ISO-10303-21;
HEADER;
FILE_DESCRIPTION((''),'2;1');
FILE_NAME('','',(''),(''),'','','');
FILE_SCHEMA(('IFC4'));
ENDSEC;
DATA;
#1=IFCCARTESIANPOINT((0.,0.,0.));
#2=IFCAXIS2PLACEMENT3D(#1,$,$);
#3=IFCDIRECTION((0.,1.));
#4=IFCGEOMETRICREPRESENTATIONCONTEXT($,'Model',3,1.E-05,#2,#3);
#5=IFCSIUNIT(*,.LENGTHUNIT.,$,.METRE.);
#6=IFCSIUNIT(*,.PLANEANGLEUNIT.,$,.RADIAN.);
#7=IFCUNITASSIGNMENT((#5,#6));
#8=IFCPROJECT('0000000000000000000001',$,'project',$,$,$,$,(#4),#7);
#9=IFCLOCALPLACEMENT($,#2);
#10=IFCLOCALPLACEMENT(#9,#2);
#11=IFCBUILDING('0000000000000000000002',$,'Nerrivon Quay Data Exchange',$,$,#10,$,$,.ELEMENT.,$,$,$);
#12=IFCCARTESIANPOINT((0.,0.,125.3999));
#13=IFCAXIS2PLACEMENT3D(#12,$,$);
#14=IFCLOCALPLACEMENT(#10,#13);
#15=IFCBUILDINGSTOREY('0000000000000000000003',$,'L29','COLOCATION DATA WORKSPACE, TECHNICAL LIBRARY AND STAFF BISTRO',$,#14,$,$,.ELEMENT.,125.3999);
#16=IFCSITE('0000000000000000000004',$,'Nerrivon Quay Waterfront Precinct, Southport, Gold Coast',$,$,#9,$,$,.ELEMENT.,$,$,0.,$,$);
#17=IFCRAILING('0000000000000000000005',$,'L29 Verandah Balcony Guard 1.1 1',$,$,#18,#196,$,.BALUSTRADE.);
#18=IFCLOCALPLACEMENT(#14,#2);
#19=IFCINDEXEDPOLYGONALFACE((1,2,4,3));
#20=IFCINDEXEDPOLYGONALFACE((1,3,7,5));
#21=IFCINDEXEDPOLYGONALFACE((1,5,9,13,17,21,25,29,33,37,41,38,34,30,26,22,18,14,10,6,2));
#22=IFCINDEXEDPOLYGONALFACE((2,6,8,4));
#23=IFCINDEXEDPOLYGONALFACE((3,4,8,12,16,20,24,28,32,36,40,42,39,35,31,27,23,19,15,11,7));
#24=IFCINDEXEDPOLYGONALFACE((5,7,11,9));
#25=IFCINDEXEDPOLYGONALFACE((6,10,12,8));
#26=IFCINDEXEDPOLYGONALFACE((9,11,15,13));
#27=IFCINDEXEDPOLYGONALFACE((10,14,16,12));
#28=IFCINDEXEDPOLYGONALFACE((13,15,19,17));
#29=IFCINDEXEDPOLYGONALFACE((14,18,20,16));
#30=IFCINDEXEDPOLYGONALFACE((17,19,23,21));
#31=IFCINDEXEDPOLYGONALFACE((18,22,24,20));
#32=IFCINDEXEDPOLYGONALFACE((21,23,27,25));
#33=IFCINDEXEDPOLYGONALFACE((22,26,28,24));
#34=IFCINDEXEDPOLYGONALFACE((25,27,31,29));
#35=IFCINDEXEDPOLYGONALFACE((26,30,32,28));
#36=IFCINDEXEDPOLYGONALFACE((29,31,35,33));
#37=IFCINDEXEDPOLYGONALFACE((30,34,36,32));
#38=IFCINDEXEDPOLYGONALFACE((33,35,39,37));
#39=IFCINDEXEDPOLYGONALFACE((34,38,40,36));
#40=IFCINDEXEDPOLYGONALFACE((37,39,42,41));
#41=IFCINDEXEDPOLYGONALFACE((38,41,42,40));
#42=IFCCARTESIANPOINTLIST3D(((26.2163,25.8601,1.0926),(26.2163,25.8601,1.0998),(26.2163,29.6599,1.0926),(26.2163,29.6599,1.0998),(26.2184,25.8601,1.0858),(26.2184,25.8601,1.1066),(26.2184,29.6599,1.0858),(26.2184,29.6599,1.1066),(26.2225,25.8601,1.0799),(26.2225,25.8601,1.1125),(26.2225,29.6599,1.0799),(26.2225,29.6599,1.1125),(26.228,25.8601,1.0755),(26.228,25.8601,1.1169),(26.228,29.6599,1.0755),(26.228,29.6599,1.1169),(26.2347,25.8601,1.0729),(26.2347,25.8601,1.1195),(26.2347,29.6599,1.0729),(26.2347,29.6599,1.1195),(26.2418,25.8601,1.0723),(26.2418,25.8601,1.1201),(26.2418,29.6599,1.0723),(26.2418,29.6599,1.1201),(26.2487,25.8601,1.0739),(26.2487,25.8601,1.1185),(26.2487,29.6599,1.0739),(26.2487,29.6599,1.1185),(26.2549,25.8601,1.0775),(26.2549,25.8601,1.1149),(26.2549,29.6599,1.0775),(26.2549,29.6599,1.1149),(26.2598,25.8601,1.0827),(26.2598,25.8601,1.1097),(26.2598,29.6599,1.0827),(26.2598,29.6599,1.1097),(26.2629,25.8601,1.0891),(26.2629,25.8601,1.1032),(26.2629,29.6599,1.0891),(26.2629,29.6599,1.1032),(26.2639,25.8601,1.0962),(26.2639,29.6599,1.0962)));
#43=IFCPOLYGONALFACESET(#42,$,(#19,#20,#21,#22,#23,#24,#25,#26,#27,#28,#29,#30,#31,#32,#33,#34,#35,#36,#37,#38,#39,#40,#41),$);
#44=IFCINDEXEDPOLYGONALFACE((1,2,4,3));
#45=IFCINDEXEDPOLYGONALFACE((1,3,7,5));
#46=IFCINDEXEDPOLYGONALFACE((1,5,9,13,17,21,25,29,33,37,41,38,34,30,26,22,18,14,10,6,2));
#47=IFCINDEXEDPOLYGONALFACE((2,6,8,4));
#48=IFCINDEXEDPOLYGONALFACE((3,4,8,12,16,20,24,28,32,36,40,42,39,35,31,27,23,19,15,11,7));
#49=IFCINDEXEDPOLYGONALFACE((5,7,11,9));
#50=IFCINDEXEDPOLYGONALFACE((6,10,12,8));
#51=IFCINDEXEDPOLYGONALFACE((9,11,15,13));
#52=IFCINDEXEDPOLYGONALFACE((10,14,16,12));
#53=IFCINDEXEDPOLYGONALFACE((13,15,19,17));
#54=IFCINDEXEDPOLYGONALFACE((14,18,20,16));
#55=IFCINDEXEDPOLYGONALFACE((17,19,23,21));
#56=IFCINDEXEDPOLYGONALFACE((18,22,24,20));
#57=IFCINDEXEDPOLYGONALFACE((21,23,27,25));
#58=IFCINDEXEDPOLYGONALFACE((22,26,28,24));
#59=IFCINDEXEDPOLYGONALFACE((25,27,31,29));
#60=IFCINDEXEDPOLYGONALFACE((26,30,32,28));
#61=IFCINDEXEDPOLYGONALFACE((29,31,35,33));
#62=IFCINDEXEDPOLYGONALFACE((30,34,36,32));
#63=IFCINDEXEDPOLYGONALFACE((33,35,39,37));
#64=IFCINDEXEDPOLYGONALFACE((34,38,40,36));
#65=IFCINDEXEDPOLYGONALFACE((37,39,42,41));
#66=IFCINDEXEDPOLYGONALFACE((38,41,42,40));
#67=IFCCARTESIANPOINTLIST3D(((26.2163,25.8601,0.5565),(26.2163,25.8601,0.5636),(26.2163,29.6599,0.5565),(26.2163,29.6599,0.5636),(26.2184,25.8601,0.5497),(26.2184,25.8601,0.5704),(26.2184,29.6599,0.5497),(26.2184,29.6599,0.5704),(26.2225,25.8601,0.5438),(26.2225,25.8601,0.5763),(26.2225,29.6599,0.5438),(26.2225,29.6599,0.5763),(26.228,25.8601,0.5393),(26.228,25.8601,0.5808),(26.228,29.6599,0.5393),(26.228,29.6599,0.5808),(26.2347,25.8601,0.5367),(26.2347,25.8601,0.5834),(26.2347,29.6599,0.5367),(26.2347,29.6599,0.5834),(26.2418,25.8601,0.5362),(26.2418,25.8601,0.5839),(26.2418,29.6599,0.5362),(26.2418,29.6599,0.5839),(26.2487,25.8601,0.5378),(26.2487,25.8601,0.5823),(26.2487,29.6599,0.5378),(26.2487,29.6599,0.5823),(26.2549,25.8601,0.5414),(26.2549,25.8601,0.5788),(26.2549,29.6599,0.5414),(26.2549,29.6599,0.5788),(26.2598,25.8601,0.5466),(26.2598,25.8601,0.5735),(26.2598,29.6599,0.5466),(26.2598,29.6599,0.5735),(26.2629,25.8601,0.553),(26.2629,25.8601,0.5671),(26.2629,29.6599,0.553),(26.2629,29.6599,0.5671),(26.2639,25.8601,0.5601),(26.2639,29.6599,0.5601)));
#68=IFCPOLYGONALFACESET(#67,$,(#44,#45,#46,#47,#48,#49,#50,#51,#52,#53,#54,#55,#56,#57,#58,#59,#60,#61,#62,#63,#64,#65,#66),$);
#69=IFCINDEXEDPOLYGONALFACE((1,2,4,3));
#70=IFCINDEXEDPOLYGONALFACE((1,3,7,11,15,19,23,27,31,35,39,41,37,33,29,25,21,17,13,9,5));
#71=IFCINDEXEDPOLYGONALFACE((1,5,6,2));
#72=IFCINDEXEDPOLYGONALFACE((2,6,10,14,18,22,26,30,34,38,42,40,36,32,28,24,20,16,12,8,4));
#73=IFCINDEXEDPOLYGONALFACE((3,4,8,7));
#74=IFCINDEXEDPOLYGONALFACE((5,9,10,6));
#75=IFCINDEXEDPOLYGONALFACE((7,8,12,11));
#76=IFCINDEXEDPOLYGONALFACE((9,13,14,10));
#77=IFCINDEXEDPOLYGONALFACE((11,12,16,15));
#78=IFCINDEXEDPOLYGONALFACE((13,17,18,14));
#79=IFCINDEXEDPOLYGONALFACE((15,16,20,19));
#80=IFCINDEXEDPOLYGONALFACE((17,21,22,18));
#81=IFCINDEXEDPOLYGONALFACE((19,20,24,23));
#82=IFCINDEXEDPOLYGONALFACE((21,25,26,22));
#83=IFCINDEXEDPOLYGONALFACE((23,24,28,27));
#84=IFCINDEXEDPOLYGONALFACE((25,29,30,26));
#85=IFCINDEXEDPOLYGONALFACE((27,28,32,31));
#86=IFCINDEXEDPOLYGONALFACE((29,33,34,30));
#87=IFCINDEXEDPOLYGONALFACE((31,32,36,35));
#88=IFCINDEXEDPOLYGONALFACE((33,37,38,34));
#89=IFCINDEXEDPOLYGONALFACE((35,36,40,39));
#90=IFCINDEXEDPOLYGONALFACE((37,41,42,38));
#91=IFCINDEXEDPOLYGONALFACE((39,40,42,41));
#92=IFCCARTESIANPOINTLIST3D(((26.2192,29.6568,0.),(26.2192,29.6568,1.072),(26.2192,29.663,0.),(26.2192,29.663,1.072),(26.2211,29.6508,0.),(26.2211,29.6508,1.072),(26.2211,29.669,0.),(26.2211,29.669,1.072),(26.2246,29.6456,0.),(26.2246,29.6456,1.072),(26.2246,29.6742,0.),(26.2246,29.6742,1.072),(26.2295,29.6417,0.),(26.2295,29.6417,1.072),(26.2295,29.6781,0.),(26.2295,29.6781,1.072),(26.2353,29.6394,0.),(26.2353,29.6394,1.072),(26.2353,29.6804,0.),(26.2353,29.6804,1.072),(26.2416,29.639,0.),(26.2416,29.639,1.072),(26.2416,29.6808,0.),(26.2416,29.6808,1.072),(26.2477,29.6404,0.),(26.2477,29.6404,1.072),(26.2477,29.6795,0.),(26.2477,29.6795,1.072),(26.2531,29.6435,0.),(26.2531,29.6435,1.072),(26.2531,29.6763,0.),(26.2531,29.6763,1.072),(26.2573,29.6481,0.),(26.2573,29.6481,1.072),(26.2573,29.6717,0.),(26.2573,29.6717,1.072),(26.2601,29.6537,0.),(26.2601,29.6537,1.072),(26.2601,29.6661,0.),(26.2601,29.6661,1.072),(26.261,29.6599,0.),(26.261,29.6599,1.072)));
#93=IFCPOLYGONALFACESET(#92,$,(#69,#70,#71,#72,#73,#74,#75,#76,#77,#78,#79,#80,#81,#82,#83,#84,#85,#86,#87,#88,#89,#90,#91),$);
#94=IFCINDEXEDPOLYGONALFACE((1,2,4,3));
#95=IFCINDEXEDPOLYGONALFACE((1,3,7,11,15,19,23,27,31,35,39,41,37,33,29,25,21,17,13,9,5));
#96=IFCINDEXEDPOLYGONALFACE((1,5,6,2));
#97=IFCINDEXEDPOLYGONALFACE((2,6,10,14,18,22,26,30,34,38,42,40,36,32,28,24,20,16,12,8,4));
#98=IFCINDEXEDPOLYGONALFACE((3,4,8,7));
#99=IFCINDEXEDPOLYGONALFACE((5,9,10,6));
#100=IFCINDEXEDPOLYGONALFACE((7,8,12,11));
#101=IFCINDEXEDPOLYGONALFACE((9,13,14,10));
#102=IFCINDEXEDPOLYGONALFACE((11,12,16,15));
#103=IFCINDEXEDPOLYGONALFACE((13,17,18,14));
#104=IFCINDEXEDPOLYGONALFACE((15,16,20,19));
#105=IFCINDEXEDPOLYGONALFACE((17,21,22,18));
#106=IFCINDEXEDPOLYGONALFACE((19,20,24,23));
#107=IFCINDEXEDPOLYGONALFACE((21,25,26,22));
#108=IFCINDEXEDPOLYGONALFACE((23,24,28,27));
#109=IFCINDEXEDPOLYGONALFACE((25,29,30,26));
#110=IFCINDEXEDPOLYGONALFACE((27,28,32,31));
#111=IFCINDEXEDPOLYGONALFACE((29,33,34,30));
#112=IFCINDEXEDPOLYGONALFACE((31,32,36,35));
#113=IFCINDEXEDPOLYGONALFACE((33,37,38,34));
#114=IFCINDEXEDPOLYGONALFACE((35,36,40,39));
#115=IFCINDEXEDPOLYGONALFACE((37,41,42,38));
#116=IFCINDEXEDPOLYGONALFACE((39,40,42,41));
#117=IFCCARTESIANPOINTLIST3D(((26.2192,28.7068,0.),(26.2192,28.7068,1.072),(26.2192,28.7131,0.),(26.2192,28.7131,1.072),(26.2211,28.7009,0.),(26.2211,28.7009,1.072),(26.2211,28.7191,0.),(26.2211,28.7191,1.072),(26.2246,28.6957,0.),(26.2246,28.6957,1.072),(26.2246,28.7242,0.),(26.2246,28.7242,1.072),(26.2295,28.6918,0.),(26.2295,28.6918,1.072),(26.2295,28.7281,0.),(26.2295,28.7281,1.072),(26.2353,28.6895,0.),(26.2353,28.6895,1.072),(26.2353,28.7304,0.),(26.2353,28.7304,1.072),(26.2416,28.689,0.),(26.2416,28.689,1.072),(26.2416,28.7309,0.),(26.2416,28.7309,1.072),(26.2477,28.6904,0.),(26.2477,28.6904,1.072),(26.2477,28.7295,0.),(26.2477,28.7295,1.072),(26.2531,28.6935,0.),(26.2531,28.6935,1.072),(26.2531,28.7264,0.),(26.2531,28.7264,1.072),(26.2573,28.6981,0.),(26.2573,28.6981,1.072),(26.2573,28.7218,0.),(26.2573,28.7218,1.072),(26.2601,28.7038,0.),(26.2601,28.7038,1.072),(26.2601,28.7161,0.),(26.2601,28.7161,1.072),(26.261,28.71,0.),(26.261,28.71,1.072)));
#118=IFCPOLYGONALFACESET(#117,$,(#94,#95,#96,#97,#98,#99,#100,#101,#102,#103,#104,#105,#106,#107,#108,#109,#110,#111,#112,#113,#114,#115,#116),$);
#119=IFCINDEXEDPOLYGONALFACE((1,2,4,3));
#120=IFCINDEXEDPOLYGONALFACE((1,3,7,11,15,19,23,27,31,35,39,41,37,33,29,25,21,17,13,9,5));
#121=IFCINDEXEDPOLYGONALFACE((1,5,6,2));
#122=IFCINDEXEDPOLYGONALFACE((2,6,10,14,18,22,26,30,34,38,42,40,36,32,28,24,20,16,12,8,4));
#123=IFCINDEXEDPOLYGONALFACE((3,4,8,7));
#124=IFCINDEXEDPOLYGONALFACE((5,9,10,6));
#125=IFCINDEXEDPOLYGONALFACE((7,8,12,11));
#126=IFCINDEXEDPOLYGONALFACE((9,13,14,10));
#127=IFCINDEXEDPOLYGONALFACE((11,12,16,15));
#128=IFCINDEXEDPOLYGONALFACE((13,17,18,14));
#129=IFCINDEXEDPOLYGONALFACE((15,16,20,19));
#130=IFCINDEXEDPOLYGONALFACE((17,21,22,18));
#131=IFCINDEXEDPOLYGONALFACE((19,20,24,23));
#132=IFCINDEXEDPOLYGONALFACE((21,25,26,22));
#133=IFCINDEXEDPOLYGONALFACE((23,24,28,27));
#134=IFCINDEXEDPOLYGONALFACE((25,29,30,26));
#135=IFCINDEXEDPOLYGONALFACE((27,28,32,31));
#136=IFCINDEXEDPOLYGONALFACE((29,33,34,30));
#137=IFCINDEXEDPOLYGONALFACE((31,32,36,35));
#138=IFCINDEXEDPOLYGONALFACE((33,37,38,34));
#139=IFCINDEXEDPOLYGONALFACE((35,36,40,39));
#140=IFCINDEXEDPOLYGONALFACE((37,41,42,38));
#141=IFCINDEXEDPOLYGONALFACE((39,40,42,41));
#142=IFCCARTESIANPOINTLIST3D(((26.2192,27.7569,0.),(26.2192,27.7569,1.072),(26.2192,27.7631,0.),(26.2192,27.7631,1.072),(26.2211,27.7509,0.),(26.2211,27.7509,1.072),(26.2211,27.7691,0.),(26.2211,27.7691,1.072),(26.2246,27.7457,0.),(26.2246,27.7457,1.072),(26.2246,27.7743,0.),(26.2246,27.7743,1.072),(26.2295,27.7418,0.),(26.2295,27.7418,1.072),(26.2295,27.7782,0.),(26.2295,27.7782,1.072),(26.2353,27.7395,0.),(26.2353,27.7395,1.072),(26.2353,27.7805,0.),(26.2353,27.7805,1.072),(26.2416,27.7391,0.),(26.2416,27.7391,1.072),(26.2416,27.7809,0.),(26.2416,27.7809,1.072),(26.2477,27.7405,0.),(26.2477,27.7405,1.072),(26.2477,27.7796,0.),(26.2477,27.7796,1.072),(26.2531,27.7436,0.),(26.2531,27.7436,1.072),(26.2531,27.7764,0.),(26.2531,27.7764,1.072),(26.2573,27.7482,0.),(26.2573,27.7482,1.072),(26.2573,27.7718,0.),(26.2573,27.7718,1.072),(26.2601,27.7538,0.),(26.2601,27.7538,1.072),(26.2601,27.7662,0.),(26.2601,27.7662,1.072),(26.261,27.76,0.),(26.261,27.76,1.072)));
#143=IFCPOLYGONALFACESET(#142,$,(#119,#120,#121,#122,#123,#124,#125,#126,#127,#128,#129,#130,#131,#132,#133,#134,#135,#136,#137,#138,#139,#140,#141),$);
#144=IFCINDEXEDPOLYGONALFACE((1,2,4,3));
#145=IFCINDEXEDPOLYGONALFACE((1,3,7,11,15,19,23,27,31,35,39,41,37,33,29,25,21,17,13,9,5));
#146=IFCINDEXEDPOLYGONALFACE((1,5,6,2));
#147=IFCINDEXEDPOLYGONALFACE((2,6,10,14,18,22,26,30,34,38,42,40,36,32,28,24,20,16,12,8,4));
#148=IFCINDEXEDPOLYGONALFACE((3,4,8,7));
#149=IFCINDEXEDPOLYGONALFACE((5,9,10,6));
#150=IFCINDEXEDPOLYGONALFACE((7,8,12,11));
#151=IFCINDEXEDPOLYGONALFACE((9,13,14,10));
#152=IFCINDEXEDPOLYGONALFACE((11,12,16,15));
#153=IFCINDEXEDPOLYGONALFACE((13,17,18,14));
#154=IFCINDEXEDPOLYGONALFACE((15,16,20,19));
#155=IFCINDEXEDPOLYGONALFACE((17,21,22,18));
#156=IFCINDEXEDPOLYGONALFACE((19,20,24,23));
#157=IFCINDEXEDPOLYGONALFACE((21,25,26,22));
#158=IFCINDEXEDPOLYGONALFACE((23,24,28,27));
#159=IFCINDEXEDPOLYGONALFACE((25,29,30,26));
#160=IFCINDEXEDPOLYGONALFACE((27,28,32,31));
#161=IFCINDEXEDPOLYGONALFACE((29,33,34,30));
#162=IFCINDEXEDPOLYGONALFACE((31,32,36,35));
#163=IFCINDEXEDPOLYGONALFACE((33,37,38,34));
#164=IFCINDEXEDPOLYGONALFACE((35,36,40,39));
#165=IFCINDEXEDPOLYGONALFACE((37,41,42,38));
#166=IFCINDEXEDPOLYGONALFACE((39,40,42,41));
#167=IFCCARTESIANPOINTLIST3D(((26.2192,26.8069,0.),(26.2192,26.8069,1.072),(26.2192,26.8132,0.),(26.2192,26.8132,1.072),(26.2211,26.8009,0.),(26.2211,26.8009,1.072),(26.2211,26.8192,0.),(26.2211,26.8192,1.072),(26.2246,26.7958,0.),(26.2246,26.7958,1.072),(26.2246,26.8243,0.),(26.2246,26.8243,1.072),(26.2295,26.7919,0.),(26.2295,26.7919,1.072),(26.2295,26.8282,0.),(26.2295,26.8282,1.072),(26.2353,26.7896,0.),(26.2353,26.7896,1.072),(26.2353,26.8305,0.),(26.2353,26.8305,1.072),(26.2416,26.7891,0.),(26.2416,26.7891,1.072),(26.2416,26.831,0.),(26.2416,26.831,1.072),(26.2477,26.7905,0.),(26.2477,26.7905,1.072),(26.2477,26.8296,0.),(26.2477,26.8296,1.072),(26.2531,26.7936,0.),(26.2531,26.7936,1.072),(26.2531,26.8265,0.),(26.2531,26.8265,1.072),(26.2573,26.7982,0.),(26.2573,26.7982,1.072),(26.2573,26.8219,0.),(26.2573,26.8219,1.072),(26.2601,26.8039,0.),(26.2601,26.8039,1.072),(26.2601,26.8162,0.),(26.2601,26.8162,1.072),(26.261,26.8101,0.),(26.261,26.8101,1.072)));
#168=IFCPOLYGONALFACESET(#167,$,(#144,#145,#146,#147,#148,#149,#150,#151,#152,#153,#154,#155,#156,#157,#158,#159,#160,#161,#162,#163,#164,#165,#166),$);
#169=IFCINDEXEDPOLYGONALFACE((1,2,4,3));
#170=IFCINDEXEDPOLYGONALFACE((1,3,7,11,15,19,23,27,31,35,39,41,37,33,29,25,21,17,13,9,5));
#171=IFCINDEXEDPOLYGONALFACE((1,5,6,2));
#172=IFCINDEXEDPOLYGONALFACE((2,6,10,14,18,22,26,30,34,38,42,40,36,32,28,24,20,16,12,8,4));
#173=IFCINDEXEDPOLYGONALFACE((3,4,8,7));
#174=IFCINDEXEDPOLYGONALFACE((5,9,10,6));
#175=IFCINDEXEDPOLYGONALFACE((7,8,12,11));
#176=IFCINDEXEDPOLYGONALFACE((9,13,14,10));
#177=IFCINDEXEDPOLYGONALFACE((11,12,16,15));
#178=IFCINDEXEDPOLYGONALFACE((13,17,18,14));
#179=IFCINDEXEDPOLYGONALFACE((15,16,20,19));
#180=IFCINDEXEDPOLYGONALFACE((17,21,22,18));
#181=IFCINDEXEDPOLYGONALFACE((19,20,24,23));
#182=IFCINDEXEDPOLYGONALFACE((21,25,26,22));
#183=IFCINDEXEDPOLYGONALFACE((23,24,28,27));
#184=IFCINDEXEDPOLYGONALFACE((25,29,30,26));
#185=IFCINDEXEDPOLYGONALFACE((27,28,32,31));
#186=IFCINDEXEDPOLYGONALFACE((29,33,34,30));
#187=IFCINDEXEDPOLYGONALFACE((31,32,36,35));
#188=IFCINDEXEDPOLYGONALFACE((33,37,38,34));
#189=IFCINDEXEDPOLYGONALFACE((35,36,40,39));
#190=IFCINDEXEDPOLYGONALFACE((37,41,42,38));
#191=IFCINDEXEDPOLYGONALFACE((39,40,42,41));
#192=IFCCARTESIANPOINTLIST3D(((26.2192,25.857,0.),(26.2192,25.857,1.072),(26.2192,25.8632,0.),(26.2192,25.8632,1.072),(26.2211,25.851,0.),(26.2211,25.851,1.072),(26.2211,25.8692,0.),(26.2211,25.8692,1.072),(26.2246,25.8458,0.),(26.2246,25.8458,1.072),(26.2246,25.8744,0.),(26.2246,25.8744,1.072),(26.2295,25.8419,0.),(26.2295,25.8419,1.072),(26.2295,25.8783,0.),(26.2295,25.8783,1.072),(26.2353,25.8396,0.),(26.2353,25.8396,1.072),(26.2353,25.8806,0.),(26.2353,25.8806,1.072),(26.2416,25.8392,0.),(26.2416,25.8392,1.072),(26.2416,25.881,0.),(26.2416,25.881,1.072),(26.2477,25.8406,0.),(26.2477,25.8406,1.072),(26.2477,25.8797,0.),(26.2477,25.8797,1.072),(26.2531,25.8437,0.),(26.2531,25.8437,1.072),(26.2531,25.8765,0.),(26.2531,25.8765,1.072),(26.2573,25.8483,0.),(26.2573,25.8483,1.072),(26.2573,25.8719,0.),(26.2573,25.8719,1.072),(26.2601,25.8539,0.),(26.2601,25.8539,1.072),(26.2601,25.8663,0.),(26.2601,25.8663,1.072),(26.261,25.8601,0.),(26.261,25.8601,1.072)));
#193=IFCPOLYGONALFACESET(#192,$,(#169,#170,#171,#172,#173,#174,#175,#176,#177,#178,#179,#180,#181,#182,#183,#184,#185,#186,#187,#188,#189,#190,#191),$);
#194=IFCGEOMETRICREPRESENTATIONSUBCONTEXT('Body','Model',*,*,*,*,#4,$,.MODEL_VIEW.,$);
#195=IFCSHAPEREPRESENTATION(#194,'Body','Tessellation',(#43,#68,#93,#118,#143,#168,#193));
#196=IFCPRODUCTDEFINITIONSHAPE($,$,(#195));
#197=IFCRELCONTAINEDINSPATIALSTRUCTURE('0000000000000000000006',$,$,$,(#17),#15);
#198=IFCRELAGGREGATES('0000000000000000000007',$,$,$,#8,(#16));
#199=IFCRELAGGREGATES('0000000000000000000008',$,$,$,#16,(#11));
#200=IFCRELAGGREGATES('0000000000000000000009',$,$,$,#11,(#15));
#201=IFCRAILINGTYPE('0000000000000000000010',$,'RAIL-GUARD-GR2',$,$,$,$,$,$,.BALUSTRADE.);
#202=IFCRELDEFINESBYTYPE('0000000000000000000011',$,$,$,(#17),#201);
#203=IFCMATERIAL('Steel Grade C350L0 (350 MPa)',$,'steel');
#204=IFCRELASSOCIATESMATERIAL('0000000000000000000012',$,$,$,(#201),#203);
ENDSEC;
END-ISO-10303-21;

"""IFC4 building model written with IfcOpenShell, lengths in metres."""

from ifc_helpers import new_model, si_unit, direction, frame, origin, origin_2d, place, context, subcontext, project, spatial, circle, extrude, material, type_object, element, save


model = new_model("IFC4")

# Units and contexts
model_context = context("Model", 3, precision=1e-05, world=origin(), true_north=direction((0.0, 1.0)))
body_context = subcontext(model_context, "Body", "Model", "MODEL_VIEW")
ifc_project = project(units=[si_unit("LENGTHUNIT", "METRE"), si_unit("PLANEANGLEUNIT", "RADIAN")], contexts=[model_context])

# Site, building, storey
site_placement = place(None, origin())
site = spatial("IfcSite", under=ifc_project, at=site_placement, Name="Nerrivon Quay Waterfront Precinct, Southport, Gold Coast", CompositionType="ELEMENT", RefElevation=0.0)
building_placement = place(site_placement, origin())
building = spatial("IfcBuilding", under=site, at=building_placement, Name="Nerrivon Quay Data Exchange", CompositionType="ELEMENT")
storey_placement = place(building_placement, frame((0.0, 0.0, 125.3999)))
storey = spatial("IfcBuildingStorey", under=building, at=storey_placement, Name="L29", Description="COLOCATION DATA WORKSPACE, TECHNICAL LIBRARY AND STAFF BISTRO", CompositionType="ELEMENT", Elevation=125.3999)

# Railing
ifc_material_1 = material(Name="Steel Grade C350L0 (350 MPa)", Category="steel")
railing_type = type_object("IfcRailingType", Name="RAIL-GUARD-GR2", PredefinedType="BALUSTRADE", material=ifc_material_1)
railing_1_placement = place(storey_placement, frame((26.24, 29.6599, 0.0)))
element("IfcRailing", 1, at=railing_1_placement, inside=storey, type_object=railing_type, Name="L29 Verandah Balcony Guard 1.1 1", PredefinedType="BALUSTRADE", context=body_context, shape_type="SweptSolid", body=[
    extrude(circle(Radius=0.0239, at=origin_2d()), frame((0.0, 0.0, 1.0962), z_axis=(0.0, -1.0, 0.0), x_axis=(1.0, 0.0, 0.0)), (0.0, 0.0, 1.0), 3.7998),
    extrude(circle(Radius=0.0239, at=origin_2d()), frame((0.0, 0.0, 0.5601), z_axis=(0.0, -1.0, 0.0), x_axis=(1.0, 0.0, 0.0)), (0.0, 0.0, 1.0), 3.7998),
    extrude(circle(Radius=0.021, at=origin_2d()), origin(), (0.0, 0.0, 1.0), 1.072),
    extrude(circle(Radius=0.021, at=origin_2d()), frame((0.0, -0.95, 0.0)), (0.0, 0.0, 1.0), 1.072),
    extrude(circle(Radius=0.021, at=origin_2d()), frame((0.0, -1.8999, 0.0)), (0.0, 0.0, 1.0), 1.072),
    extrude(circle(Radius=0.021, at=origin_2d()), frame((0.0, -2.8499, 0.0)), (0.0, 0.0, 1.0), 1.072),
    extrude(circle(Radius=0.021, at=origin_2d()), frame((0.0, -3.7998, 0.0)), (0.0, 0.0, 1.0), 1.072),
])

save(model, "model.ifc")
